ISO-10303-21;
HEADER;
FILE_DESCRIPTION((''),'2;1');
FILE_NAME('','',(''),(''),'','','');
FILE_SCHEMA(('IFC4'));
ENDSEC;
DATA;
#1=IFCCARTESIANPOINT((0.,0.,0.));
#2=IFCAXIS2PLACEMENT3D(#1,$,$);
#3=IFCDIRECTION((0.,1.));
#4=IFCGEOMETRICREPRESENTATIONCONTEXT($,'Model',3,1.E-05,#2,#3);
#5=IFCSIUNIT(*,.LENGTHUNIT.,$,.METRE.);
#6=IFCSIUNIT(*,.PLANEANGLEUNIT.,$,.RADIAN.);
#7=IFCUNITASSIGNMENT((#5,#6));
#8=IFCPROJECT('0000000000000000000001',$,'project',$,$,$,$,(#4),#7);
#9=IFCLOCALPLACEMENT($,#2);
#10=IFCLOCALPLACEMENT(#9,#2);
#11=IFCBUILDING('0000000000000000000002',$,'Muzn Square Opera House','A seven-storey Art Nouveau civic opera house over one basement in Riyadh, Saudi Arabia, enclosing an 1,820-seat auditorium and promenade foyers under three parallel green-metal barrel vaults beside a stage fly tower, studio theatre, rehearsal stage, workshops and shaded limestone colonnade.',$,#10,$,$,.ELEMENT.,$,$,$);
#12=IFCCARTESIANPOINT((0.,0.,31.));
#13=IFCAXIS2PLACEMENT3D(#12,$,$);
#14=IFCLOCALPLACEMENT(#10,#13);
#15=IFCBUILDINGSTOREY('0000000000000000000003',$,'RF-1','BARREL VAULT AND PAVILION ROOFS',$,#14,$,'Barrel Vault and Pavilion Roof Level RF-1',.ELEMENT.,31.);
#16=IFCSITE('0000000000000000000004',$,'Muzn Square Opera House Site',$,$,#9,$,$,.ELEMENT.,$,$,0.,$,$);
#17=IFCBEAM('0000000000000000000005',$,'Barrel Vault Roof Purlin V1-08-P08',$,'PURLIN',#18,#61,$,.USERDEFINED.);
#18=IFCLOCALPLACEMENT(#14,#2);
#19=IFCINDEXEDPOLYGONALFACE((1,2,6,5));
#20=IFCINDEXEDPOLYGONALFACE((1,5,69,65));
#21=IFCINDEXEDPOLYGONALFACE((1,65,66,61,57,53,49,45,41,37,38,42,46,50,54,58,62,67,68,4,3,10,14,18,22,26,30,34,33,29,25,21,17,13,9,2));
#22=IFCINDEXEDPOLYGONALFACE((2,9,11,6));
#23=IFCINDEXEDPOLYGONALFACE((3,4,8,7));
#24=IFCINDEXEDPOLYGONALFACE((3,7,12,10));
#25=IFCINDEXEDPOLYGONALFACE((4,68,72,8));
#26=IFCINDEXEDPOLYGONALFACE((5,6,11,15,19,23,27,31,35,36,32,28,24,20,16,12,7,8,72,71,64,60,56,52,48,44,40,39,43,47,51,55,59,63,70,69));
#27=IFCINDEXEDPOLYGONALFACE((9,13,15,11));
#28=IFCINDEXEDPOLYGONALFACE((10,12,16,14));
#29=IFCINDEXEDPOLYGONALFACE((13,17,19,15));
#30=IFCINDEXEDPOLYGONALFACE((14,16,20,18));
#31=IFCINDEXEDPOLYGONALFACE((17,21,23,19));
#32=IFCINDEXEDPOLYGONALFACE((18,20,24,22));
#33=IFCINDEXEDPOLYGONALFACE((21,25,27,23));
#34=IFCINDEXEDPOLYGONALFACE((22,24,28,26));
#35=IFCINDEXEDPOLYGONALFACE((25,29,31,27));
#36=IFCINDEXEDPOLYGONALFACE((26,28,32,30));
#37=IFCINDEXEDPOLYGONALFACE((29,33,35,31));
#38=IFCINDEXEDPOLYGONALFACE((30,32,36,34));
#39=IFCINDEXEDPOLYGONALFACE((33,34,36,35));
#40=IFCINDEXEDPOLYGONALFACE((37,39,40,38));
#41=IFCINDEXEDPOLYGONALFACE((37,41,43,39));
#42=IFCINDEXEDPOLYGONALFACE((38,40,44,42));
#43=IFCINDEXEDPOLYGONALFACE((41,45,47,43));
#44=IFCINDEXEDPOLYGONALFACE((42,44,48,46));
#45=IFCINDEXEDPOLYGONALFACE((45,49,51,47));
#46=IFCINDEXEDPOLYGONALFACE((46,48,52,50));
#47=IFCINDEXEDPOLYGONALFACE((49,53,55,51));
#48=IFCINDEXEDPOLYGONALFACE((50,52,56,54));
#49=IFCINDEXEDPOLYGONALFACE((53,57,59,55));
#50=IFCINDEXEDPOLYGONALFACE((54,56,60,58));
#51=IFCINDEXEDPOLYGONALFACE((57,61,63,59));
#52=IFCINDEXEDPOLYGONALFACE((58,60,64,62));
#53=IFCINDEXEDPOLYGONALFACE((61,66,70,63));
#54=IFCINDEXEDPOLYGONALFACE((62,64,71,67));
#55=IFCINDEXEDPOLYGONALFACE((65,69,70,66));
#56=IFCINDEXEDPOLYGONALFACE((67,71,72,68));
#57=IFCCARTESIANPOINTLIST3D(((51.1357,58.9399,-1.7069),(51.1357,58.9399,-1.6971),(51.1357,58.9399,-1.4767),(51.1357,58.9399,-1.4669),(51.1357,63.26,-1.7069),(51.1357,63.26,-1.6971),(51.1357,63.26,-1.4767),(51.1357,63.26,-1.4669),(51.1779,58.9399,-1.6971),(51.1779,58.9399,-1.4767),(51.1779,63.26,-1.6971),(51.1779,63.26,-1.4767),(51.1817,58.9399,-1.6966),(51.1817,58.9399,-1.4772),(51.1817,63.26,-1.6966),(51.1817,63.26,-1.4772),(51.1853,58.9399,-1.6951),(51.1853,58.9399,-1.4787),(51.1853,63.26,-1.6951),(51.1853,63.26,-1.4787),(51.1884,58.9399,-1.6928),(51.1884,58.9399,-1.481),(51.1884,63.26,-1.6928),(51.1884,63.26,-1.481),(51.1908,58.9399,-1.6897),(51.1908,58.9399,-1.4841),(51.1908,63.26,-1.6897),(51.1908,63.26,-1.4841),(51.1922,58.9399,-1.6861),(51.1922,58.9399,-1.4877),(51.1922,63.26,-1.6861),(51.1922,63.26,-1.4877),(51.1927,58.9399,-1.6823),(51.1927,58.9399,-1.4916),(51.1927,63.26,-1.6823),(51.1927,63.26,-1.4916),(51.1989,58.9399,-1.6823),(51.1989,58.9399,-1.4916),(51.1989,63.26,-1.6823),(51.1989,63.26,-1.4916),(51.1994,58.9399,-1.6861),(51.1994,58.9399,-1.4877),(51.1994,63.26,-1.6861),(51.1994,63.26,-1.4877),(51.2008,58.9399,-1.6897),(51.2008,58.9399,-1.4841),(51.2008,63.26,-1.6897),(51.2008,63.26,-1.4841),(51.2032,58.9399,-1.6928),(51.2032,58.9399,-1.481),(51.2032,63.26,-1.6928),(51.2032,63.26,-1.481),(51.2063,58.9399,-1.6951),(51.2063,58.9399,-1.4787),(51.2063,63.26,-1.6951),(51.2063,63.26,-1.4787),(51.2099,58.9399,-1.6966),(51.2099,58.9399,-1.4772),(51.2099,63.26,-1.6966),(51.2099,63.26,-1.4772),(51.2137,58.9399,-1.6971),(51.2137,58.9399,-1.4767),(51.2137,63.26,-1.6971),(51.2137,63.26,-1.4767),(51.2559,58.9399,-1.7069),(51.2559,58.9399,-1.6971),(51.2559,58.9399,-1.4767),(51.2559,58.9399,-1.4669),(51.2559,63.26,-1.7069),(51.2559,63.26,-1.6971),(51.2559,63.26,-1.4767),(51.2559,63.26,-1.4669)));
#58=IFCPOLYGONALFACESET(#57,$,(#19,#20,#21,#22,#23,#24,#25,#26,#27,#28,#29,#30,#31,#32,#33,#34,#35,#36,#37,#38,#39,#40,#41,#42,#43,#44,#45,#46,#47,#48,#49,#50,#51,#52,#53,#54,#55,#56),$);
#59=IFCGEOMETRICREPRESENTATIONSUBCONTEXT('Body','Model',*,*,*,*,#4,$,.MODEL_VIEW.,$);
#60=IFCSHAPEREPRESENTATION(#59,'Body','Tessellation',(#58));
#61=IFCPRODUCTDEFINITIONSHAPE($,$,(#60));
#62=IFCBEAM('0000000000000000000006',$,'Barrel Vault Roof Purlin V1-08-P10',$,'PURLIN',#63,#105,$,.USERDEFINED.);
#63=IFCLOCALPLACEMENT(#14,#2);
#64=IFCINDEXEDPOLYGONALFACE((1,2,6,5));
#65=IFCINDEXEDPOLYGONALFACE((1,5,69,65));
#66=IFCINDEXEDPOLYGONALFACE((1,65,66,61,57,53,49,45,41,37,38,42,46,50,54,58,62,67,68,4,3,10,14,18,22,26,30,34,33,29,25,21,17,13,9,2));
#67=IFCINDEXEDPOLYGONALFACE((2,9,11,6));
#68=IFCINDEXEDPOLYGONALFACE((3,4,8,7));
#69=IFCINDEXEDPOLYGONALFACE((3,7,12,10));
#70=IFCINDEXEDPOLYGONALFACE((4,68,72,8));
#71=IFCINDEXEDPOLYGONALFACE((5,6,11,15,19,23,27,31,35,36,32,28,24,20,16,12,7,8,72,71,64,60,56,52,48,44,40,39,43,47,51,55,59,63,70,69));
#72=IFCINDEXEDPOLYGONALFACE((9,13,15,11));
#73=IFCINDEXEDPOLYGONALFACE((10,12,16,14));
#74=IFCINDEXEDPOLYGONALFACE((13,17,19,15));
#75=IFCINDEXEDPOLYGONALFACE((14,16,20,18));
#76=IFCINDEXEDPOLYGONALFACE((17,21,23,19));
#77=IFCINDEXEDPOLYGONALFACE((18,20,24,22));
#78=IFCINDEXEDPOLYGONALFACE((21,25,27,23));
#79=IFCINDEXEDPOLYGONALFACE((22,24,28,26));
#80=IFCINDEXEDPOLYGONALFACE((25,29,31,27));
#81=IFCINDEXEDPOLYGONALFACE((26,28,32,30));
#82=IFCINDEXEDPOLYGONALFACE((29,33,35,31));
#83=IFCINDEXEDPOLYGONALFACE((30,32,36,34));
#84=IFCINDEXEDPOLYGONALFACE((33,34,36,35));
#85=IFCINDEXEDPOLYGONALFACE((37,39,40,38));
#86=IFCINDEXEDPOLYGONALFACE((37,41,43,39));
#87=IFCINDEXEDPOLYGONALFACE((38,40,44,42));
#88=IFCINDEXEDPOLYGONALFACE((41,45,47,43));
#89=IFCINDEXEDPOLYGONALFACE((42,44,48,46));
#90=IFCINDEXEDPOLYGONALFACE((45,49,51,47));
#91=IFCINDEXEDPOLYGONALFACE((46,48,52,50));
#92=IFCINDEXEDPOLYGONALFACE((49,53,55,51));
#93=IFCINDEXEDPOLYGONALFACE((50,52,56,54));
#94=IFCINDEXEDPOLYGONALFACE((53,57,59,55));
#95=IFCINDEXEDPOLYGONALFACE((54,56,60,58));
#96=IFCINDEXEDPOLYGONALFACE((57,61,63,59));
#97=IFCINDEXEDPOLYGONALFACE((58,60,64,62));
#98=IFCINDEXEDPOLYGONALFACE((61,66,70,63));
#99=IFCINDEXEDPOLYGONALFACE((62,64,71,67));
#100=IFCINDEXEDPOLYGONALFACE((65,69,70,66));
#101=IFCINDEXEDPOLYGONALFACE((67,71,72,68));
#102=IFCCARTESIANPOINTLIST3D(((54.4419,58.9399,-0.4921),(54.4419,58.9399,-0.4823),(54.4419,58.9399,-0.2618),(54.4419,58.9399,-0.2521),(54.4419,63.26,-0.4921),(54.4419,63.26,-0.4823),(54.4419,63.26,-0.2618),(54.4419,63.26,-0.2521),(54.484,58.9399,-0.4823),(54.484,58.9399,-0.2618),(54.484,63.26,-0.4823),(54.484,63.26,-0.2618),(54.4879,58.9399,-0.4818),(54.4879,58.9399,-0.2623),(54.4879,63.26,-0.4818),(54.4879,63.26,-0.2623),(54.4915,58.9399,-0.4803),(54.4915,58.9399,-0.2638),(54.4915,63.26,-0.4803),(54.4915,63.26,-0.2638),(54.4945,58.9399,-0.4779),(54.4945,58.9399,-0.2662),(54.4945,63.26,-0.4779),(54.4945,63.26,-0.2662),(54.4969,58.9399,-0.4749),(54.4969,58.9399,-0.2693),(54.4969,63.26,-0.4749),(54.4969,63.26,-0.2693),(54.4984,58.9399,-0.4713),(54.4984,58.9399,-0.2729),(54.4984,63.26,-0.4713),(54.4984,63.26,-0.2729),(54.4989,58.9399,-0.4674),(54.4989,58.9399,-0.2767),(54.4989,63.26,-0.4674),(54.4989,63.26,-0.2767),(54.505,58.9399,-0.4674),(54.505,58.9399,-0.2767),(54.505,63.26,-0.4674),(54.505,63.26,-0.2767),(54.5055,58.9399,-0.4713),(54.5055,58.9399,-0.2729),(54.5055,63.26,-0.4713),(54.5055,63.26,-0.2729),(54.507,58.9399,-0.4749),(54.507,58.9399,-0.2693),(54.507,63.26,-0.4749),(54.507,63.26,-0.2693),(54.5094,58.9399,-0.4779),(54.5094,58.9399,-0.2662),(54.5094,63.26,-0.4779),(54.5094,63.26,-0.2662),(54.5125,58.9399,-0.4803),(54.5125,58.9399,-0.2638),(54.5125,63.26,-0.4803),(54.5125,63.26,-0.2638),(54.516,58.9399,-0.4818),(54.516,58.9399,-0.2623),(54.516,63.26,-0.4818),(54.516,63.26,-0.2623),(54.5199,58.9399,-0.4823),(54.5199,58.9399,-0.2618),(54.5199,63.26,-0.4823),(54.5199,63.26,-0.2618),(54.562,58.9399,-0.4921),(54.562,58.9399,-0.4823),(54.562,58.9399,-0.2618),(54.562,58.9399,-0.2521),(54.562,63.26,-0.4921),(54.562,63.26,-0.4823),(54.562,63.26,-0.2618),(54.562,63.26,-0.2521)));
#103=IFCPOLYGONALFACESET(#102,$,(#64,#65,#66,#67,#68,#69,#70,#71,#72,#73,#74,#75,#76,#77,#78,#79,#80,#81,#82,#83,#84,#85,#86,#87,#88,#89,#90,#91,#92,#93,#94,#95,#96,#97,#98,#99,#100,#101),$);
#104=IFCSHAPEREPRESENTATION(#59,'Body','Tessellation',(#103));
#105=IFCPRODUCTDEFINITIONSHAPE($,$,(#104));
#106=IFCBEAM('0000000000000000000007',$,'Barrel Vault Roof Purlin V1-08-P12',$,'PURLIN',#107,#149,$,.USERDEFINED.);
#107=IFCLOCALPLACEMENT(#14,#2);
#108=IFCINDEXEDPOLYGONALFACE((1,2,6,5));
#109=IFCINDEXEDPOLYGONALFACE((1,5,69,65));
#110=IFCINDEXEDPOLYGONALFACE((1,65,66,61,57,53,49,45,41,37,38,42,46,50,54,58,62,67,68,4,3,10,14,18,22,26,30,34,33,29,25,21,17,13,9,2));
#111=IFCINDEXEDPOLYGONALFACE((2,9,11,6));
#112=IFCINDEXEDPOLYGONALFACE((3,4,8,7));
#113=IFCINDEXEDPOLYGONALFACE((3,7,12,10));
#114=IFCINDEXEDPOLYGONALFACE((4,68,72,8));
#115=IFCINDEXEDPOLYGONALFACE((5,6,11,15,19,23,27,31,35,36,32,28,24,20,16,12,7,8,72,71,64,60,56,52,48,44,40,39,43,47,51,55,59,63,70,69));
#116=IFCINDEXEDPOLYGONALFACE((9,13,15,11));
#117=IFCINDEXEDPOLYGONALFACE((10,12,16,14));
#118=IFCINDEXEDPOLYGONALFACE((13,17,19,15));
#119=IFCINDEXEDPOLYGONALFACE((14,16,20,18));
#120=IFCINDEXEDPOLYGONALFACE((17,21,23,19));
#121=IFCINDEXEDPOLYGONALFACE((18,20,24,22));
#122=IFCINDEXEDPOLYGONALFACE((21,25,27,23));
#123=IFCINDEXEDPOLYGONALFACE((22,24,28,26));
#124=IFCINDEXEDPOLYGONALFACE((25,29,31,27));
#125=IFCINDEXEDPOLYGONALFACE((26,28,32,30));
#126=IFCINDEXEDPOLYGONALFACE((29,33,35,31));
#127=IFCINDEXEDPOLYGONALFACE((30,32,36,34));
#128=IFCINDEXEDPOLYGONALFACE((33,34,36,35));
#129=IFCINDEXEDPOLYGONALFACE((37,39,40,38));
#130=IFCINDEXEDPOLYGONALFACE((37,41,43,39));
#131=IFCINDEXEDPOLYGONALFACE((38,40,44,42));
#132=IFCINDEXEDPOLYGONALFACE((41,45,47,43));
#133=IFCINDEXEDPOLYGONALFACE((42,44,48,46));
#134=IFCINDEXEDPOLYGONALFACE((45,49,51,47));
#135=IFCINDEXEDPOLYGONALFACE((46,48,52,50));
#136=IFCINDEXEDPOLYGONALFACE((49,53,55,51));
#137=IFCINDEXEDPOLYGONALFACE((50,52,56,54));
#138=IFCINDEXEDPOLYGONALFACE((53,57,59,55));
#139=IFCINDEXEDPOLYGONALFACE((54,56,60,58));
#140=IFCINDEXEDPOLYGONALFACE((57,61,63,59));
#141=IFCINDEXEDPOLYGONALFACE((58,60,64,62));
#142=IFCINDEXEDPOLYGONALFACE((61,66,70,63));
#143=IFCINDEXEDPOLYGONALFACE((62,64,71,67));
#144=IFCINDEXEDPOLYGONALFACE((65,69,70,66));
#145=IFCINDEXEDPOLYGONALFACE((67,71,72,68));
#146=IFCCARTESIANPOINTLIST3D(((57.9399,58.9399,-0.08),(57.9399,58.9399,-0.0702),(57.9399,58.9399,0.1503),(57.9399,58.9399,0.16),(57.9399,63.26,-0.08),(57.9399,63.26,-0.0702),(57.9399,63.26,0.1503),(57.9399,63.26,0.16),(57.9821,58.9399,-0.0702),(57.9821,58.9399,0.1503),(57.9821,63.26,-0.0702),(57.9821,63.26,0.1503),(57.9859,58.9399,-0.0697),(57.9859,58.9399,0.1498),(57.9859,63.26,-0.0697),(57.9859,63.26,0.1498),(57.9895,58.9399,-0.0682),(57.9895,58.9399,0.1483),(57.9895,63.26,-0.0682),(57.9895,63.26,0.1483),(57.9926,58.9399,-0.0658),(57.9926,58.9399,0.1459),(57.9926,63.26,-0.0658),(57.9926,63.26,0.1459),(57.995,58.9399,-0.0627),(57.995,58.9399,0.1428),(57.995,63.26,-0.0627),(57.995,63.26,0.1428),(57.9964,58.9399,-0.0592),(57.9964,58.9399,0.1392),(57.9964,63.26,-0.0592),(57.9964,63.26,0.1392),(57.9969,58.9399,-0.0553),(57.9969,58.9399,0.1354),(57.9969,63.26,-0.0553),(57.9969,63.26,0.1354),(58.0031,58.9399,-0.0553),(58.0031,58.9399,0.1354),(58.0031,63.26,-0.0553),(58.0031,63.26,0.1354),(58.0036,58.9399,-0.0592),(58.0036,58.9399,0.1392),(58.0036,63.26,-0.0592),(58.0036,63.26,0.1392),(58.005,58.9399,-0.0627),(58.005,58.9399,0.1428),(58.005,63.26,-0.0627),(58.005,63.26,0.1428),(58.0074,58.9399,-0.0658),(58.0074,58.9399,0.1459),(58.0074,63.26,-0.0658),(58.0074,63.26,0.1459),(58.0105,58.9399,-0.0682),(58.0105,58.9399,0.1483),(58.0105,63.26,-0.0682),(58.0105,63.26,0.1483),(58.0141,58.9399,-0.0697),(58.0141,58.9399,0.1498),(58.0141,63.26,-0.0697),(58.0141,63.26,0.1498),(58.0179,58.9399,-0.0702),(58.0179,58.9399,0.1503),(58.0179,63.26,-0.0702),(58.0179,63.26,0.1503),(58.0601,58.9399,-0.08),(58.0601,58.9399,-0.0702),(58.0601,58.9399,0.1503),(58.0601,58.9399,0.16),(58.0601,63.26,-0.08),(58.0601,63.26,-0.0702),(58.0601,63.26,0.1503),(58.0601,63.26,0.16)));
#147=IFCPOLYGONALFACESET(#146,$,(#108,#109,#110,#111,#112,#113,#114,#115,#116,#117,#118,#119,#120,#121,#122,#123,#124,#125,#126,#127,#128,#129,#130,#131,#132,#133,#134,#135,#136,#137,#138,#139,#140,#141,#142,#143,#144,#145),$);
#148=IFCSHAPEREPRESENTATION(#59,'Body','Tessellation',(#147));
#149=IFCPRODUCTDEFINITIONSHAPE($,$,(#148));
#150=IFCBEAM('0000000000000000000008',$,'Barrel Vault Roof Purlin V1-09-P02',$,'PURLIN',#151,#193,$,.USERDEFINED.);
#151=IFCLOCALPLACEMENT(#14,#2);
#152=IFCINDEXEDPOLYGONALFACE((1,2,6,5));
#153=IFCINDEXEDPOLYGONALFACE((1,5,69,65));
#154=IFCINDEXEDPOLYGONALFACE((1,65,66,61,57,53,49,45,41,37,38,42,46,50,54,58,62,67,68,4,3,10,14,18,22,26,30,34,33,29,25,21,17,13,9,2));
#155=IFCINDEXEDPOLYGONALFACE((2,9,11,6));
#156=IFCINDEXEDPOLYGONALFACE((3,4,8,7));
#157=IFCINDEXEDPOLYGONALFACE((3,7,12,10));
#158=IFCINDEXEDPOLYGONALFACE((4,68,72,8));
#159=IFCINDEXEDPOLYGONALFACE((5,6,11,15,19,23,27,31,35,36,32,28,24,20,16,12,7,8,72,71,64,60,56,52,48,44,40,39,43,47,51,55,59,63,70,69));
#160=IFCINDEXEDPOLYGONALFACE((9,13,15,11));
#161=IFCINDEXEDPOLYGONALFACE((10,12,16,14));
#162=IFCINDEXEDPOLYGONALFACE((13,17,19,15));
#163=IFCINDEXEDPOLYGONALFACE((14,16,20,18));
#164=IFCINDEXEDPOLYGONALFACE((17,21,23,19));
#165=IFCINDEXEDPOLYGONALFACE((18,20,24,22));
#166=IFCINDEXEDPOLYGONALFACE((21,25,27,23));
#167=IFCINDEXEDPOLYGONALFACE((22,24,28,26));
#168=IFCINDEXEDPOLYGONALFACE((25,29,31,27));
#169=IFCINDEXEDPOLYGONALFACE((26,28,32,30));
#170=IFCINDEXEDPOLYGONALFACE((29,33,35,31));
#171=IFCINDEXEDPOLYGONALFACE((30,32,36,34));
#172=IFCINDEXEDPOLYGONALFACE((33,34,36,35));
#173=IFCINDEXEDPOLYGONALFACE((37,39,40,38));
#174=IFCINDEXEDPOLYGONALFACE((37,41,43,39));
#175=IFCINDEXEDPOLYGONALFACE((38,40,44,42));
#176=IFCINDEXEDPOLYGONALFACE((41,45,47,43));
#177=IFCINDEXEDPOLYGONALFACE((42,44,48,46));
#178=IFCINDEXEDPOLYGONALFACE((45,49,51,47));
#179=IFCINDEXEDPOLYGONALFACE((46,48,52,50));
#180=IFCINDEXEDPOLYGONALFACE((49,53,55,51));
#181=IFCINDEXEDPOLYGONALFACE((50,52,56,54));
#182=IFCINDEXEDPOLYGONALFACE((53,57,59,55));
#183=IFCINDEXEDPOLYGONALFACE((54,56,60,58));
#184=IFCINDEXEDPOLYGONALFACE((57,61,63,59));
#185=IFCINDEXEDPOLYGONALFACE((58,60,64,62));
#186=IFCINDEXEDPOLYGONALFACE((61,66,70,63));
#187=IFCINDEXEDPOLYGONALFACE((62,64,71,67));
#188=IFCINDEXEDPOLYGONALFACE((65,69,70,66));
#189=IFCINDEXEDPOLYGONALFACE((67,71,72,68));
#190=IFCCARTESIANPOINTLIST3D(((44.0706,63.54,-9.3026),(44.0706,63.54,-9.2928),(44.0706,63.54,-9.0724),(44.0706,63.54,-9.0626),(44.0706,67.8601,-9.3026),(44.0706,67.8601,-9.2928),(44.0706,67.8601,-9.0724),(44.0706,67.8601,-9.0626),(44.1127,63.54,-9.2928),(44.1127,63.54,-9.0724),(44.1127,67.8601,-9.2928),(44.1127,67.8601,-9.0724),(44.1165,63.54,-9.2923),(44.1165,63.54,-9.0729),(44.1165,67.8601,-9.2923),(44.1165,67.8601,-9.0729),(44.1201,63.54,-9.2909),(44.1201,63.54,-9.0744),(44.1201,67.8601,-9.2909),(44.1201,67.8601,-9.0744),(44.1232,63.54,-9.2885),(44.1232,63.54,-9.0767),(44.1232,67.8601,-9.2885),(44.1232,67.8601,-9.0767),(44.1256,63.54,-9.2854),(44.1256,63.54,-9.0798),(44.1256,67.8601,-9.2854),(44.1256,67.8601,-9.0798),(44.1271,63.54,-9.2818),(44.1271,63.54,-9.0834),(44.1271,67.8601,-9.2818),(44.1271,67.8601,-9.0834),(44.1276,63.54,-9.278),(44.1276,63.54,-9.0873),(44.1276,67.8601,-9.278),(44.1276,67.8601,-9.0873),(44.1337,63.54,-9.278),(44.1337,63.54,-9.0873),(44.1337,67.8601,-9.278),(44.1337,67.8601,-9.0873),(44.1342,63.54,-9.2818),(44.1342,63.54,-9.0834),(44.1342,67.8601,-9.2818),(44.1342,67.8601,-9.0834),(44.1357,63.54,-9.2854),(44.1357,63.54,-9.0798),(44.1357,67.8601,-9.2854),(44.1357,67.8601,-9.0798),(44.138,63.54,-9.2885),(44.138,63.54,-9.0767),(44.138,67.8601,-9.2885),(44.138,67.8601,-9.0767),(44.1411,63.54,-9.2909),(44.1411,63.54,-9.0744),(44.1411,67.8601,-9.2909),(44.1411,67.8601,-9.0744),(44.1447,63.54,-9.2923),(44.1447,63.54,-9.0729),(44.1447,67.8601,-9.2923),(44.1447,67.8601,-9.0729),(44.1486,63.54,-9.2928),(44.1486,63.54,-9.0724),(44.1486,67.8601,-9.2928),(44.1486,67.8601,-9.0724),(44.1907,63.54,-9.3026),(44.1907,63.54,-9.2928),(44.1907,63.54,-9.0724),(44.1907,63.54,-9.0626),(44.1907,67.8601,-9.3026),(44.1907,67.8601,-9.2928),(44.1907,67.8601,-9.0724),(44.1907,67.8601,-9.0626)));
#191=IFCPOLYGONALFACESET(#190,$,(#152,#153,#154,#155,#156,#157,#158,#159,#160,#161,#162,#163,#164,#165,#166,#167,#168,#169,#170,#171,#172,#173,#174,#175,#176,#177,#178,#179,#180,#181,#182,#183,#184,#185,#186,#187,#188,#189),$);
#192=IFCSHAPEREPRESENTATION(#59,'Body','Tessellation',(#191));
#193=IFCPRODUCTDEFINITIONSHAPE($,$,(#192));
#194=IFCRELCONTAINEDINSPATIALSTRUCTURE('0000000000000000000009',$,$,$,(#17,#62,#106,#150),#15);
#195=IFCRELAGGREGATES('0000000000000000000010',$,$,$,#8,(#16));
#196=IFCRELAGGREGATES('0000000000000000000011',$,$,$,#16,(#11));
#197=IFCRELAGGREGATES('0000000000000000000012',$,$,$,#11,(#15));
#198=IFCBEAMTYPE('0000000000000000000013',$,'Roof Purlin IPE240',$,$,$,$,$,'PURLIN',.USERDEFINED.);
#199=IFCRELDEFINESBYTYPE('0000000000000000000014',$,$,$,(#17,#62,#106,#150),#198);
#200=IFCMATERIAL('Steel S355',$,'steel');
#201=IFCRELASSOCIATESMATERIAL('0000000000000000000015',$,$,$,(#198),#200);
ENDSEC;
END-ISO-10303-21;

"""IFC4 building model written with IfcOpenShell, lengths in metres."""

from ifc_helpers import new_model, si_unit, direction, frame, origin, origin_2d, place, context, subcontext, project, spatial, i_section, extrude, material, material_profile, profile_set, type_object, element, save


model = new_model("IFC4")

# Units and contexts
model_context = context("Model", 3, precision=1e-05, world=origin(), true_north=direction((0.0, 1.0)))
body_context = subcontext(model_context, "Body", "Model", "MODEL_VIEW")
ifc_project = project(units=[si_unit("LENGTHUNIT", "METRE"), si_unit("PLANEANGLEUNIT", "RADIAN")], contexts=[model_context])

# Site, building, storey
site_placement = place(None, origin())
site = spatial("IfcSite", under=ifc_project, at=site_placement, Name="Muzn Square Opera House Site", CompositionType="ELEMENT", RefElevation=0.0)
building_placement = place(site_placement, origin())
building = spatial("IfcBuilding", under=site, at=building_placement, Name="Muzn Square Opera House", Description="A seven-storey Art Nouveau civic opera house over one basement in Riyadh, Saudi Arabia, enclosing an 1,820-seat auditorium and promenade foyers under three parallel green-metal barrel vaults beside a stage fly tower, studio theatre, rehearsal stage, workshops and shaded limestone colonnade.", CompositionType="ELEMENT")
storey_placement = place(building_placement, frame((0.0, 0.0, 31.0)))
storey = spatial("IfcBuildingStorey", under=building, at=storey_placement, Name="RF-1", Description="BARREL VAULT AND PAVILION ROOFS", LongName="Barrel Vault and Pavilion Roof Level RF-1", CompositionType="ELEMENT", Elevation=31.0)

# Beams
ifc_material_1 = material(Name="Steel S355", Category="steel")
ifc_material_profile_1 = material_profile(ifc_material_1, i_section(OverallWidth=0.1201, OverallDepth=0.24, WebThickness=0.0061, FlangeThickness=0.0098, FilletRadius=0.0149, at=origin_2d()), Name="IPE 240", Category="steel")
ifc_profile_set_1 = profile_set([ifc_material_profile_1], Name="Steel S355")
beam_type_1 = type_object("IfcBeamType", Name="Roof Purlin IPE240", ElementType="PURLIN", PredefinedType="USERDEFINED", material=ifc_profile_set_1)
for number, where, z_axis, x_axis, name in (
    (1, (51.1958, 58.9399, -1.5869), (0.0, 1.0, 0.0), (-1.0, 0.0, 0.0), "Barrel Vault Roof Purlin V1-08-P08"),
    (2, (54.502, 58.9399, -0.3721), (0.0, 1.0, 0.0), (-1.0, 0.0, 0.0), "Barrel Vault Roof Purlin V1-08-P10"),
    (3, (58.0, 58.9399, 0.04), (0.0, 1.0, 0.0), (-1.0, 0.0, 0.0), "Barrel Vault Roof Purlin V1-08-P12"),
    (4, (44.1306, 63.54, -9.1826), (0.0, 1.0, 0.0), (-1.0, 0.0, 0.0), "Barrel Vault Roof Purlin V1-09-P02"),
):
    element("IfcBeam", number, at=place(storey_placement, frame(where, z_axis=z_axis, x_axis=x_axis)), inside=storey, type_object=beam_type_1, Name=name, ObjectType="PURLIN", PredefinedType="USERDEFINED", context=body_context, shape_type="SweptSolid", body=[
        extrude(i_section(OverallWidth=0.1201, OverallDepth=0.24, WebThickness=0.0061, FlangeThickness=0.0098, FilletRadius=0.0149, at=origin_2d()), origin(), (0.0, 0.0, 1.0), 4.3201),
    ])

save(model, "model.ifc")
